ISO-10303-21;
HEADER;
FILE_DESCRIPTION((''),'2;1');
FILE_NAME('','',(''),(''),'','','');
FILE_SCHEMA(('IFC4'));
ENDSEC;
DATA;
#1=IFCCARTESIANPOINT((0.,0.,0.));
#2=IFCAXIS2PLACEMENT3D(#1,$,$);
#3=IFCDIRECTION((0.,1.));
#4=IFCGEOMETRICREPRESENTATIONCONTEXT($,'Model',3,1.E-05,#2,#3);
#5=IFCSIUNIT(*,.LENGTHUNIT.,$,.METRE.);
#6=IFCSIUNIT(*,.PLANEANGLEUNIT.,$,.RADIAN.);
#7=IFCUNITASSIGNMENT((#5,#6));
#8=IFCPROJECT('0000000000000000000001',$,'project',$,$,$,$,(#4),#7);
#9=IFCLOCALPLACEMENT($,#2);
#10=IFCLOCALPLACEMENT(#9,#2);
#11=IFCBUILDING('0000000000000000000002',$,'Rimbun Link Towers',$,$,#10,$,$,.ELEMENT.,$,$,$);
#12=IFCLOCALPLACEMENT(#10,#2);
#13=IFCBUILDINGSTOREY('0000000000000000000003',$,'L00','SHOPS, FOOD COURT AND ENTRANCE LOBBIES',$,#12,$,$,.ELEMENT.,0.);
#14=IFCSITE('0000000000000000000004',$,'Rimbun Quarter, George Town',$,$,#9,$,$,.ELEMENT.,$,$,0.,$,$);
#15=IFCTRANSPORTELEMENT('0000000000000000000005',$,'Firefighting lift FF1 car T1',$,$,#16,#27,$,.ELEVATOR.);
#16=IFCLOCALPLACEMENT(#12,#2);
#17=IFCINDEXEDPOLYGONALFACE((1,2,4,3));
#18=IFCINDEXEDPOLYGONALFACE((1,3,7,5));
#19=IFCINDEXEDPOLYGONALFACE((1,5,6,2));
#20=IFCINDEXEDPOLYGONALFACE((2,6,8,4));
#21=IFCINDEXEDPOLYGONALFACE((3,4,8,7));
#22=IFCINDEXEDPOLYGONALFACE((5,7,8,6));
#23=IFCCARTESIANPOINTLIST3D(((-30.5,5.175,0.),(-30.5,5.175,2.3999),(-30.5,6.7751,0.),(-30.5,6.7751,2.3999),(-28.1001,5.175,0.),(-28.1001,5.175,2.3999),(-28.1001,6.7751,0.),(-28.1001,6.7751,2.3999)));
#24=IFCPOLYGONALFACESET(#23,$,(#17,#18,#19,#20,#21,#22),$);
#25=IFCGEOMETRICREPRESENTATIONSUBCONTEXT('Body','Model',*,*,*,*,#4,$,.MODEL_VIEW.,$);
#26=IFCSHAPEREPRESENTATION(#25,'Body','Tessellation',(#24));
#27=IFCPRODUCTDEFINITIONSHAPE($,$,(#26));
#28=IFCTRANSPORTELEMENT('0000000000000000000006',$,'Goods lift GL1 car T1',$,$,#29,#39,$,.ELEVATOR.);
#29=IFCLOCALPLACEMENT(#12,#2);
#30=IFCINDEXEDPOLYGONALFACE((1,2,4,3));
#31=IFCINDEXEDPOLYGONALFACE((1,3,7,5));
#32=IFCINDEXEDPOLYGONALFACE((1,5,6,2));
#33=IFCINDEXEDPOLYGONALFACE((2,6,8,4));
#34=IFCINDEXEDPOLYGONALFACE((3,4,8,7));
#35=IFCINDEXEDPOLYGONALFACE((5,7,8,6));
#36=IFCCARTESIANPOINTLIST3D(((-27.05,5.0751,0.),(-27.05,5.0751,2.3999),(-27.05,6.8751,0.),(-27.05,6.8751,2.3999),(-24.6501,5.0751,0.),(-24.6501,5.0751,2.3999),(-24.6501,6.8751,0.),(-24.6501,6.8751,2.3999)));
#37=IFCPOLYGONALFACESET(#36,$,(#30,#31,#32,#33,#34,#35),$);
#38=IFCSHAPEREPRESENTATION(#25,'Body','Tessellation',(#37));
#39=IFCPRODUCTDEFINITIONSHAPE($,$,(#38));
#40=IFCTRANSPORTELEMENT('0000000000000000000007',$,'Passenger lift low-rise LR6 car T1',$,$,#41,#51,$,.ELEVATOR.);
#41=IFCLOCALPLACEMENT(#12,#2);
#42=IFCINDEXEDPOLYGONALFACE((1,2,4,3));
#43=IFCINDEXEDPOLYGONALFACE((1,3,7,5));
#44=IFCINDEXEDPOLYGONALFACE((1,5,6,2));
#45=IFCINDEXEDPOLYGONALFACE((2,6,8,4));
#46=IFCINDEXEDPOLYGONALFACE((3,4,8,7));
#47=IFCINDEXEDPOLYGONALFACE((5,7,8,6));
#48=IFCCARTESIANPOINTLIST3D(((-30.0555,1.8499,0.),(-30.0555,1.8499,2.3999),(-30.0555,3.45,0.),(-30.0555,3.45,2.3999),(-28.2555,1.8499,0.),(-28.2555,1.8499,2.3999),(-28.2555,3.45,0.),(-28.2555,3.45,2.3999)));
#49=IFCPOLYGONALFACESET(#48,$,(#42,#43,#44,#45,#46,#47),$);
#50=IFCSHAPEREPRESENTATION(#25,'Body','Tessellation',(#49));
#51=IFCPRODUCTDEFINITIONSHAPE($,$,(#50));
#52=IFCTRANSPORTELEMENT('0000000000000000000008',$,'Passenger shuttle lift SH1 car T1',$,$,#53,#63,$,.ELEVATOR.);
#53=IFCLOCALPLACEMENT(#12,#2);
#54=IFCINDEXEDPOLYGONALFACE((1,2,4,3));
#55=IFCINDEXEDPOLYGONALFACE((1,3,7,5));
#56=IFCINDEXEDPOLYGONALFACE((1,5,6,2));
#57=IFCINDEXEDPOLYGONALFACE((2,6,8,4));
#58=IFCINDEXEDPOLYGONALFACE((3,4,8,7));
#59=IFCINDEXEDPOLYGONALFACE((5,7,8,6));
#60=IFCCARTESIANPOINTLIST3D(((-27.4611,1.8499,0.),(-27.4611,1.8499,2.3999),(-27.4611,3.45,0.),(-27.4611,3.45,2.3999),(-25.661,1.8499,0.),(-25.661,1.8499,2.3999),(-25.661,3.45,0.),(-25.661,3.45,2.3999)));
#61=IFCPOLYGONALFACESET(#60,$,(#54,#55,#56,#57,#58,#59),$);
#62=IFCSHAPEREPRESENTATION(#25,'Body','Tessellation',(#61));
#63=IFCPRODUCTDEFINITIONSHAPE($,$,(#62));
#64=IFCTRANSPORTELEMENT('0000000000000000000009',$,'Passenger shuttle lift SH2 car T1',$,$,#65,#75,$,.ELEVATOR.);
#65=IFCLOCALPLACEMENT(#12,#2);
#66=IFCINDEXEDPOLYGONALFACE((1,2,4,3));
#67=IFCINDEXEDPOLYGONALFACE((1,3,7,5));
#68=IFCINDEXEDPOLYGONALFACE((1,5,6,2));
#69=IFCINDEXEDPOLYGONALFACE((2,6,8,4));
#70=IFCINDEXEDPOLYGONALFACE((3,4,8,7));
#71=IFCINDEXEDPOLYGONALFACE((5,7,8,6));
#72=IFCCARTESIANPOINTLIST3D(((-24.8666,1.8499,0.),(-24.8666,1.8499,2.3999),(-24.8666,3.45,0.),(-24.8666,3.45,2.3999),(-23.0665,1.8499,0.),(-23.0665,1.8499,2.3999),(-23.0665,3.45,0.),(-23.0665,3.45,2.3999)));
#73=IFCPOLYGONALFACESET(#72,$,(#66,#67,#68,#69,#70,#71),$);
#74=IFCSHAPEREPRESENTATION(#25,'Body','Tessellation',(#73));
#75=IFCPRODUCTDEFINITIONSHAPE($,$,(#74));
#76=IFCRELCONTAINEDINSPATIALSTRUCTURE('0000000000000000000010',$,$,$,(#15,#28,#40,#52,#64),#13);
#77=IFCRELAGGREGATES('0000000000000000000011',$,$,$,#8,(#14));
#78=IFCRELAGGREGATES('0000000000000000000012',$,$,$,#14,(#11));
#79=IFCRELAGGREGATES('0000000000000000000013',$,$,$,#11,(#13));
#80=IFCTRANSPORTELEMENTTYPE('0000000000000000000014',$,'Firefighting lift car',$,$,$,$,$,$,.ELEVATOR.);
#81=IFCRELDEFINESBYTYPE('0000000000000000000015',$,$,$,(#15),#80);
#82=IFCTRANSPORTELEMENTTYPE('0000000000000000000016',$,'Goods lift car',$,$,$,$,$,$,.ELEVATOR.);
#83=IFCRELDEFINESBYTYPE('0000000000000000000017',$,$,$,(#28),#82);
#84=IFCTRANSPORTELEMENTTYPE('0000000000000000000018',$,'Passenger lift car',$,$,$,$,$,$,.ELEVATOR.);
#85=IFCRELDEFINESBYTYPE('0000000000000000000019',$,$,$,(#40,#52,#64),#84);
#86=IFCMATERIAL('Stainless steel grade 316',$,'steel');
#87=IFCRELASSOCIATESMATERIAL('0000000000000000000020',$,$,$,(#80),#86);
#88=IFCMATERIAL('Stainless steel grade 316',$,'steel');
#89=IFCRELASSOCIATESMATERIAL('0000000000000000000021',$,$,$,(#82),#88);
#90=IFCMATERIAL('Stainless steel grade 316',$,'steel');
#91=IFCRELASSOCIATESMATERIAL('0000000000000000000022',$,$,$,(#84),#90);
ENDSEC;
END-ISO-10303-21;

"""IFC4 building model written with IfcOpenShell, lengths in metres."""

from ifc_helpers import new_model, si_unit, direction, frame, origin, origin_2d, place, context, subcontext, project, spatial, rectangle, extrude, material, type_object, element, save


model = new_model("IFC4")

# Units and contexts
model_context = context("Model", 3, precision=1e-05, world=origin(), true_north=direction((0.0, 1.0)))
body_context = subcontext(model_context, "Body", "Model", "MODEL_VIEW")
ifc_project = project(units=[si_unit("LENGTHUNIT", "METRE"), si_unit("PLANEANGLEUNIT", "RADIAN")], contexts=[model_context])

# Site, building, storey
site_placement = place(None, origin())
site = spatial("IfcSite", under=ifc_project, at=site_placement, Name="Rimbun Quarter, George Town", CompositionType="ELEMENT", RefElevation=0.0)
building_placement = place(site_placement, origin())
building = spatial("IfcBuilding", under=site, at=building_placement, Name="Rimbun Link Towers", CompositionType="ELEMENT")
storey_placement = place(building_placement, origin())
storey = spatial("IfcBuildingStorey", under=building, at=storey_placement, Name="L00", Description="SHOPS, FOOD COURT AND ENTRANCE LOBBIES", CompositionType="ELEMENT", Elevation=0.0)

# Transport elements
ifc_material_1 = material(Name="Stainless steel grade 316", Category="steel")
transport_element_type_1 = type_object("IfcTransportElementType", Name="Firefighting lift car", PredefinedType="ELEVATOR", material=ifc_material_1)
transport_element_1_placement = place(storey_placement, frame((-29.3, 5.9751, 0.0), z_axis=(0.0, 0.0, 1.0), x_axis=(1.0, 0.0, 0.0)))
element("IfcTransportElement", 1, at=transport_element_1_placement, inside=storey, type_object=transport_element_type_1, Name="Firefighting lift FF1 car T1", PredefinedType="ELEVATOR", context=body_context, shape_type="SweptSolid", body=[
    extrude(rectangle(XDim=2.3999, YDim=1.6001, at=origin_2d()), origin(), (0.0, 0.0, 1.0), 2.3999),
])
ifc_material_2 = material(Name="Stainless steel grade 316", Category="steel")
transport_element_type_2 = type_object("IfcTransportElementType", Name="Goods lift car", PredefinedType="ELEVATOR", material=ifc_material_2)
transport_element_2_placement = place(storey_placement, frame((-25.8501, 5.9751, 0.0), z_axis=(0.0, 0.0, 1.0), x_axis=(1.0, 0.0, 0.0)))
element("IfcTransportElement", 2, at=transport_element_2_placement, inside=storey, type_object=transport_element_type_2, Name="Goods lift GL1 car T1", PredefinedType="ELEVATOR", context=body_context, shape_type="SweptSolid", body=[
    extrude(rectangle(XDim=2.3999, YDim=1.8, at=origin_2d()), origin(), (0.0, 0.0, 1.0), 2.3999),
])
ifc_material_3 = material(Name="Stainless steel grade 316", Category="steel")
transport_element_type_3 = type_object("IfcTransportElementType", Name="Passenger lift car", PredefinedType="ELEVATOR", material=ifc_material_3)
for number, where, z_axis, x_axis, name in (
    (3, (-29.1555, 2.6499, 0.0), (0.0, 0.0, 1.0), (1.0, 0.0, 0.0), "Passenger lift low-rise LR6 car T1"),
    (4, (-26.561, 2.6499, 0.0), (0.0, 0.0, 1.0), (1.0, 0.0, 0.0), "Passenger shuttle lift SH1 car T1"),
    (5, (-23.9666, 2.6499, 0.0), (0.0, 0.0, 1.0), (1.0, 0.0, 0.0), "Passenger shuttle lift SH2 car T1"),
):
    element("IfcTransportElement", number, at=place(storey_placement, frame(where, z_axis=z_axis, x_axis=x_axis)), inside=storey, type_object=transport_element_type_3, Name=name, PredefinedType="ELEVATOR", context=body_context, shape_type="SweptSolid", body=[
        extrude(rectangle(XDim=1.8, YDim=1.6001, at=origin_2d()), origin(), (0.0, 0.0, 1.0), 2.3999),
    ])

save(model, "model.ifc")
